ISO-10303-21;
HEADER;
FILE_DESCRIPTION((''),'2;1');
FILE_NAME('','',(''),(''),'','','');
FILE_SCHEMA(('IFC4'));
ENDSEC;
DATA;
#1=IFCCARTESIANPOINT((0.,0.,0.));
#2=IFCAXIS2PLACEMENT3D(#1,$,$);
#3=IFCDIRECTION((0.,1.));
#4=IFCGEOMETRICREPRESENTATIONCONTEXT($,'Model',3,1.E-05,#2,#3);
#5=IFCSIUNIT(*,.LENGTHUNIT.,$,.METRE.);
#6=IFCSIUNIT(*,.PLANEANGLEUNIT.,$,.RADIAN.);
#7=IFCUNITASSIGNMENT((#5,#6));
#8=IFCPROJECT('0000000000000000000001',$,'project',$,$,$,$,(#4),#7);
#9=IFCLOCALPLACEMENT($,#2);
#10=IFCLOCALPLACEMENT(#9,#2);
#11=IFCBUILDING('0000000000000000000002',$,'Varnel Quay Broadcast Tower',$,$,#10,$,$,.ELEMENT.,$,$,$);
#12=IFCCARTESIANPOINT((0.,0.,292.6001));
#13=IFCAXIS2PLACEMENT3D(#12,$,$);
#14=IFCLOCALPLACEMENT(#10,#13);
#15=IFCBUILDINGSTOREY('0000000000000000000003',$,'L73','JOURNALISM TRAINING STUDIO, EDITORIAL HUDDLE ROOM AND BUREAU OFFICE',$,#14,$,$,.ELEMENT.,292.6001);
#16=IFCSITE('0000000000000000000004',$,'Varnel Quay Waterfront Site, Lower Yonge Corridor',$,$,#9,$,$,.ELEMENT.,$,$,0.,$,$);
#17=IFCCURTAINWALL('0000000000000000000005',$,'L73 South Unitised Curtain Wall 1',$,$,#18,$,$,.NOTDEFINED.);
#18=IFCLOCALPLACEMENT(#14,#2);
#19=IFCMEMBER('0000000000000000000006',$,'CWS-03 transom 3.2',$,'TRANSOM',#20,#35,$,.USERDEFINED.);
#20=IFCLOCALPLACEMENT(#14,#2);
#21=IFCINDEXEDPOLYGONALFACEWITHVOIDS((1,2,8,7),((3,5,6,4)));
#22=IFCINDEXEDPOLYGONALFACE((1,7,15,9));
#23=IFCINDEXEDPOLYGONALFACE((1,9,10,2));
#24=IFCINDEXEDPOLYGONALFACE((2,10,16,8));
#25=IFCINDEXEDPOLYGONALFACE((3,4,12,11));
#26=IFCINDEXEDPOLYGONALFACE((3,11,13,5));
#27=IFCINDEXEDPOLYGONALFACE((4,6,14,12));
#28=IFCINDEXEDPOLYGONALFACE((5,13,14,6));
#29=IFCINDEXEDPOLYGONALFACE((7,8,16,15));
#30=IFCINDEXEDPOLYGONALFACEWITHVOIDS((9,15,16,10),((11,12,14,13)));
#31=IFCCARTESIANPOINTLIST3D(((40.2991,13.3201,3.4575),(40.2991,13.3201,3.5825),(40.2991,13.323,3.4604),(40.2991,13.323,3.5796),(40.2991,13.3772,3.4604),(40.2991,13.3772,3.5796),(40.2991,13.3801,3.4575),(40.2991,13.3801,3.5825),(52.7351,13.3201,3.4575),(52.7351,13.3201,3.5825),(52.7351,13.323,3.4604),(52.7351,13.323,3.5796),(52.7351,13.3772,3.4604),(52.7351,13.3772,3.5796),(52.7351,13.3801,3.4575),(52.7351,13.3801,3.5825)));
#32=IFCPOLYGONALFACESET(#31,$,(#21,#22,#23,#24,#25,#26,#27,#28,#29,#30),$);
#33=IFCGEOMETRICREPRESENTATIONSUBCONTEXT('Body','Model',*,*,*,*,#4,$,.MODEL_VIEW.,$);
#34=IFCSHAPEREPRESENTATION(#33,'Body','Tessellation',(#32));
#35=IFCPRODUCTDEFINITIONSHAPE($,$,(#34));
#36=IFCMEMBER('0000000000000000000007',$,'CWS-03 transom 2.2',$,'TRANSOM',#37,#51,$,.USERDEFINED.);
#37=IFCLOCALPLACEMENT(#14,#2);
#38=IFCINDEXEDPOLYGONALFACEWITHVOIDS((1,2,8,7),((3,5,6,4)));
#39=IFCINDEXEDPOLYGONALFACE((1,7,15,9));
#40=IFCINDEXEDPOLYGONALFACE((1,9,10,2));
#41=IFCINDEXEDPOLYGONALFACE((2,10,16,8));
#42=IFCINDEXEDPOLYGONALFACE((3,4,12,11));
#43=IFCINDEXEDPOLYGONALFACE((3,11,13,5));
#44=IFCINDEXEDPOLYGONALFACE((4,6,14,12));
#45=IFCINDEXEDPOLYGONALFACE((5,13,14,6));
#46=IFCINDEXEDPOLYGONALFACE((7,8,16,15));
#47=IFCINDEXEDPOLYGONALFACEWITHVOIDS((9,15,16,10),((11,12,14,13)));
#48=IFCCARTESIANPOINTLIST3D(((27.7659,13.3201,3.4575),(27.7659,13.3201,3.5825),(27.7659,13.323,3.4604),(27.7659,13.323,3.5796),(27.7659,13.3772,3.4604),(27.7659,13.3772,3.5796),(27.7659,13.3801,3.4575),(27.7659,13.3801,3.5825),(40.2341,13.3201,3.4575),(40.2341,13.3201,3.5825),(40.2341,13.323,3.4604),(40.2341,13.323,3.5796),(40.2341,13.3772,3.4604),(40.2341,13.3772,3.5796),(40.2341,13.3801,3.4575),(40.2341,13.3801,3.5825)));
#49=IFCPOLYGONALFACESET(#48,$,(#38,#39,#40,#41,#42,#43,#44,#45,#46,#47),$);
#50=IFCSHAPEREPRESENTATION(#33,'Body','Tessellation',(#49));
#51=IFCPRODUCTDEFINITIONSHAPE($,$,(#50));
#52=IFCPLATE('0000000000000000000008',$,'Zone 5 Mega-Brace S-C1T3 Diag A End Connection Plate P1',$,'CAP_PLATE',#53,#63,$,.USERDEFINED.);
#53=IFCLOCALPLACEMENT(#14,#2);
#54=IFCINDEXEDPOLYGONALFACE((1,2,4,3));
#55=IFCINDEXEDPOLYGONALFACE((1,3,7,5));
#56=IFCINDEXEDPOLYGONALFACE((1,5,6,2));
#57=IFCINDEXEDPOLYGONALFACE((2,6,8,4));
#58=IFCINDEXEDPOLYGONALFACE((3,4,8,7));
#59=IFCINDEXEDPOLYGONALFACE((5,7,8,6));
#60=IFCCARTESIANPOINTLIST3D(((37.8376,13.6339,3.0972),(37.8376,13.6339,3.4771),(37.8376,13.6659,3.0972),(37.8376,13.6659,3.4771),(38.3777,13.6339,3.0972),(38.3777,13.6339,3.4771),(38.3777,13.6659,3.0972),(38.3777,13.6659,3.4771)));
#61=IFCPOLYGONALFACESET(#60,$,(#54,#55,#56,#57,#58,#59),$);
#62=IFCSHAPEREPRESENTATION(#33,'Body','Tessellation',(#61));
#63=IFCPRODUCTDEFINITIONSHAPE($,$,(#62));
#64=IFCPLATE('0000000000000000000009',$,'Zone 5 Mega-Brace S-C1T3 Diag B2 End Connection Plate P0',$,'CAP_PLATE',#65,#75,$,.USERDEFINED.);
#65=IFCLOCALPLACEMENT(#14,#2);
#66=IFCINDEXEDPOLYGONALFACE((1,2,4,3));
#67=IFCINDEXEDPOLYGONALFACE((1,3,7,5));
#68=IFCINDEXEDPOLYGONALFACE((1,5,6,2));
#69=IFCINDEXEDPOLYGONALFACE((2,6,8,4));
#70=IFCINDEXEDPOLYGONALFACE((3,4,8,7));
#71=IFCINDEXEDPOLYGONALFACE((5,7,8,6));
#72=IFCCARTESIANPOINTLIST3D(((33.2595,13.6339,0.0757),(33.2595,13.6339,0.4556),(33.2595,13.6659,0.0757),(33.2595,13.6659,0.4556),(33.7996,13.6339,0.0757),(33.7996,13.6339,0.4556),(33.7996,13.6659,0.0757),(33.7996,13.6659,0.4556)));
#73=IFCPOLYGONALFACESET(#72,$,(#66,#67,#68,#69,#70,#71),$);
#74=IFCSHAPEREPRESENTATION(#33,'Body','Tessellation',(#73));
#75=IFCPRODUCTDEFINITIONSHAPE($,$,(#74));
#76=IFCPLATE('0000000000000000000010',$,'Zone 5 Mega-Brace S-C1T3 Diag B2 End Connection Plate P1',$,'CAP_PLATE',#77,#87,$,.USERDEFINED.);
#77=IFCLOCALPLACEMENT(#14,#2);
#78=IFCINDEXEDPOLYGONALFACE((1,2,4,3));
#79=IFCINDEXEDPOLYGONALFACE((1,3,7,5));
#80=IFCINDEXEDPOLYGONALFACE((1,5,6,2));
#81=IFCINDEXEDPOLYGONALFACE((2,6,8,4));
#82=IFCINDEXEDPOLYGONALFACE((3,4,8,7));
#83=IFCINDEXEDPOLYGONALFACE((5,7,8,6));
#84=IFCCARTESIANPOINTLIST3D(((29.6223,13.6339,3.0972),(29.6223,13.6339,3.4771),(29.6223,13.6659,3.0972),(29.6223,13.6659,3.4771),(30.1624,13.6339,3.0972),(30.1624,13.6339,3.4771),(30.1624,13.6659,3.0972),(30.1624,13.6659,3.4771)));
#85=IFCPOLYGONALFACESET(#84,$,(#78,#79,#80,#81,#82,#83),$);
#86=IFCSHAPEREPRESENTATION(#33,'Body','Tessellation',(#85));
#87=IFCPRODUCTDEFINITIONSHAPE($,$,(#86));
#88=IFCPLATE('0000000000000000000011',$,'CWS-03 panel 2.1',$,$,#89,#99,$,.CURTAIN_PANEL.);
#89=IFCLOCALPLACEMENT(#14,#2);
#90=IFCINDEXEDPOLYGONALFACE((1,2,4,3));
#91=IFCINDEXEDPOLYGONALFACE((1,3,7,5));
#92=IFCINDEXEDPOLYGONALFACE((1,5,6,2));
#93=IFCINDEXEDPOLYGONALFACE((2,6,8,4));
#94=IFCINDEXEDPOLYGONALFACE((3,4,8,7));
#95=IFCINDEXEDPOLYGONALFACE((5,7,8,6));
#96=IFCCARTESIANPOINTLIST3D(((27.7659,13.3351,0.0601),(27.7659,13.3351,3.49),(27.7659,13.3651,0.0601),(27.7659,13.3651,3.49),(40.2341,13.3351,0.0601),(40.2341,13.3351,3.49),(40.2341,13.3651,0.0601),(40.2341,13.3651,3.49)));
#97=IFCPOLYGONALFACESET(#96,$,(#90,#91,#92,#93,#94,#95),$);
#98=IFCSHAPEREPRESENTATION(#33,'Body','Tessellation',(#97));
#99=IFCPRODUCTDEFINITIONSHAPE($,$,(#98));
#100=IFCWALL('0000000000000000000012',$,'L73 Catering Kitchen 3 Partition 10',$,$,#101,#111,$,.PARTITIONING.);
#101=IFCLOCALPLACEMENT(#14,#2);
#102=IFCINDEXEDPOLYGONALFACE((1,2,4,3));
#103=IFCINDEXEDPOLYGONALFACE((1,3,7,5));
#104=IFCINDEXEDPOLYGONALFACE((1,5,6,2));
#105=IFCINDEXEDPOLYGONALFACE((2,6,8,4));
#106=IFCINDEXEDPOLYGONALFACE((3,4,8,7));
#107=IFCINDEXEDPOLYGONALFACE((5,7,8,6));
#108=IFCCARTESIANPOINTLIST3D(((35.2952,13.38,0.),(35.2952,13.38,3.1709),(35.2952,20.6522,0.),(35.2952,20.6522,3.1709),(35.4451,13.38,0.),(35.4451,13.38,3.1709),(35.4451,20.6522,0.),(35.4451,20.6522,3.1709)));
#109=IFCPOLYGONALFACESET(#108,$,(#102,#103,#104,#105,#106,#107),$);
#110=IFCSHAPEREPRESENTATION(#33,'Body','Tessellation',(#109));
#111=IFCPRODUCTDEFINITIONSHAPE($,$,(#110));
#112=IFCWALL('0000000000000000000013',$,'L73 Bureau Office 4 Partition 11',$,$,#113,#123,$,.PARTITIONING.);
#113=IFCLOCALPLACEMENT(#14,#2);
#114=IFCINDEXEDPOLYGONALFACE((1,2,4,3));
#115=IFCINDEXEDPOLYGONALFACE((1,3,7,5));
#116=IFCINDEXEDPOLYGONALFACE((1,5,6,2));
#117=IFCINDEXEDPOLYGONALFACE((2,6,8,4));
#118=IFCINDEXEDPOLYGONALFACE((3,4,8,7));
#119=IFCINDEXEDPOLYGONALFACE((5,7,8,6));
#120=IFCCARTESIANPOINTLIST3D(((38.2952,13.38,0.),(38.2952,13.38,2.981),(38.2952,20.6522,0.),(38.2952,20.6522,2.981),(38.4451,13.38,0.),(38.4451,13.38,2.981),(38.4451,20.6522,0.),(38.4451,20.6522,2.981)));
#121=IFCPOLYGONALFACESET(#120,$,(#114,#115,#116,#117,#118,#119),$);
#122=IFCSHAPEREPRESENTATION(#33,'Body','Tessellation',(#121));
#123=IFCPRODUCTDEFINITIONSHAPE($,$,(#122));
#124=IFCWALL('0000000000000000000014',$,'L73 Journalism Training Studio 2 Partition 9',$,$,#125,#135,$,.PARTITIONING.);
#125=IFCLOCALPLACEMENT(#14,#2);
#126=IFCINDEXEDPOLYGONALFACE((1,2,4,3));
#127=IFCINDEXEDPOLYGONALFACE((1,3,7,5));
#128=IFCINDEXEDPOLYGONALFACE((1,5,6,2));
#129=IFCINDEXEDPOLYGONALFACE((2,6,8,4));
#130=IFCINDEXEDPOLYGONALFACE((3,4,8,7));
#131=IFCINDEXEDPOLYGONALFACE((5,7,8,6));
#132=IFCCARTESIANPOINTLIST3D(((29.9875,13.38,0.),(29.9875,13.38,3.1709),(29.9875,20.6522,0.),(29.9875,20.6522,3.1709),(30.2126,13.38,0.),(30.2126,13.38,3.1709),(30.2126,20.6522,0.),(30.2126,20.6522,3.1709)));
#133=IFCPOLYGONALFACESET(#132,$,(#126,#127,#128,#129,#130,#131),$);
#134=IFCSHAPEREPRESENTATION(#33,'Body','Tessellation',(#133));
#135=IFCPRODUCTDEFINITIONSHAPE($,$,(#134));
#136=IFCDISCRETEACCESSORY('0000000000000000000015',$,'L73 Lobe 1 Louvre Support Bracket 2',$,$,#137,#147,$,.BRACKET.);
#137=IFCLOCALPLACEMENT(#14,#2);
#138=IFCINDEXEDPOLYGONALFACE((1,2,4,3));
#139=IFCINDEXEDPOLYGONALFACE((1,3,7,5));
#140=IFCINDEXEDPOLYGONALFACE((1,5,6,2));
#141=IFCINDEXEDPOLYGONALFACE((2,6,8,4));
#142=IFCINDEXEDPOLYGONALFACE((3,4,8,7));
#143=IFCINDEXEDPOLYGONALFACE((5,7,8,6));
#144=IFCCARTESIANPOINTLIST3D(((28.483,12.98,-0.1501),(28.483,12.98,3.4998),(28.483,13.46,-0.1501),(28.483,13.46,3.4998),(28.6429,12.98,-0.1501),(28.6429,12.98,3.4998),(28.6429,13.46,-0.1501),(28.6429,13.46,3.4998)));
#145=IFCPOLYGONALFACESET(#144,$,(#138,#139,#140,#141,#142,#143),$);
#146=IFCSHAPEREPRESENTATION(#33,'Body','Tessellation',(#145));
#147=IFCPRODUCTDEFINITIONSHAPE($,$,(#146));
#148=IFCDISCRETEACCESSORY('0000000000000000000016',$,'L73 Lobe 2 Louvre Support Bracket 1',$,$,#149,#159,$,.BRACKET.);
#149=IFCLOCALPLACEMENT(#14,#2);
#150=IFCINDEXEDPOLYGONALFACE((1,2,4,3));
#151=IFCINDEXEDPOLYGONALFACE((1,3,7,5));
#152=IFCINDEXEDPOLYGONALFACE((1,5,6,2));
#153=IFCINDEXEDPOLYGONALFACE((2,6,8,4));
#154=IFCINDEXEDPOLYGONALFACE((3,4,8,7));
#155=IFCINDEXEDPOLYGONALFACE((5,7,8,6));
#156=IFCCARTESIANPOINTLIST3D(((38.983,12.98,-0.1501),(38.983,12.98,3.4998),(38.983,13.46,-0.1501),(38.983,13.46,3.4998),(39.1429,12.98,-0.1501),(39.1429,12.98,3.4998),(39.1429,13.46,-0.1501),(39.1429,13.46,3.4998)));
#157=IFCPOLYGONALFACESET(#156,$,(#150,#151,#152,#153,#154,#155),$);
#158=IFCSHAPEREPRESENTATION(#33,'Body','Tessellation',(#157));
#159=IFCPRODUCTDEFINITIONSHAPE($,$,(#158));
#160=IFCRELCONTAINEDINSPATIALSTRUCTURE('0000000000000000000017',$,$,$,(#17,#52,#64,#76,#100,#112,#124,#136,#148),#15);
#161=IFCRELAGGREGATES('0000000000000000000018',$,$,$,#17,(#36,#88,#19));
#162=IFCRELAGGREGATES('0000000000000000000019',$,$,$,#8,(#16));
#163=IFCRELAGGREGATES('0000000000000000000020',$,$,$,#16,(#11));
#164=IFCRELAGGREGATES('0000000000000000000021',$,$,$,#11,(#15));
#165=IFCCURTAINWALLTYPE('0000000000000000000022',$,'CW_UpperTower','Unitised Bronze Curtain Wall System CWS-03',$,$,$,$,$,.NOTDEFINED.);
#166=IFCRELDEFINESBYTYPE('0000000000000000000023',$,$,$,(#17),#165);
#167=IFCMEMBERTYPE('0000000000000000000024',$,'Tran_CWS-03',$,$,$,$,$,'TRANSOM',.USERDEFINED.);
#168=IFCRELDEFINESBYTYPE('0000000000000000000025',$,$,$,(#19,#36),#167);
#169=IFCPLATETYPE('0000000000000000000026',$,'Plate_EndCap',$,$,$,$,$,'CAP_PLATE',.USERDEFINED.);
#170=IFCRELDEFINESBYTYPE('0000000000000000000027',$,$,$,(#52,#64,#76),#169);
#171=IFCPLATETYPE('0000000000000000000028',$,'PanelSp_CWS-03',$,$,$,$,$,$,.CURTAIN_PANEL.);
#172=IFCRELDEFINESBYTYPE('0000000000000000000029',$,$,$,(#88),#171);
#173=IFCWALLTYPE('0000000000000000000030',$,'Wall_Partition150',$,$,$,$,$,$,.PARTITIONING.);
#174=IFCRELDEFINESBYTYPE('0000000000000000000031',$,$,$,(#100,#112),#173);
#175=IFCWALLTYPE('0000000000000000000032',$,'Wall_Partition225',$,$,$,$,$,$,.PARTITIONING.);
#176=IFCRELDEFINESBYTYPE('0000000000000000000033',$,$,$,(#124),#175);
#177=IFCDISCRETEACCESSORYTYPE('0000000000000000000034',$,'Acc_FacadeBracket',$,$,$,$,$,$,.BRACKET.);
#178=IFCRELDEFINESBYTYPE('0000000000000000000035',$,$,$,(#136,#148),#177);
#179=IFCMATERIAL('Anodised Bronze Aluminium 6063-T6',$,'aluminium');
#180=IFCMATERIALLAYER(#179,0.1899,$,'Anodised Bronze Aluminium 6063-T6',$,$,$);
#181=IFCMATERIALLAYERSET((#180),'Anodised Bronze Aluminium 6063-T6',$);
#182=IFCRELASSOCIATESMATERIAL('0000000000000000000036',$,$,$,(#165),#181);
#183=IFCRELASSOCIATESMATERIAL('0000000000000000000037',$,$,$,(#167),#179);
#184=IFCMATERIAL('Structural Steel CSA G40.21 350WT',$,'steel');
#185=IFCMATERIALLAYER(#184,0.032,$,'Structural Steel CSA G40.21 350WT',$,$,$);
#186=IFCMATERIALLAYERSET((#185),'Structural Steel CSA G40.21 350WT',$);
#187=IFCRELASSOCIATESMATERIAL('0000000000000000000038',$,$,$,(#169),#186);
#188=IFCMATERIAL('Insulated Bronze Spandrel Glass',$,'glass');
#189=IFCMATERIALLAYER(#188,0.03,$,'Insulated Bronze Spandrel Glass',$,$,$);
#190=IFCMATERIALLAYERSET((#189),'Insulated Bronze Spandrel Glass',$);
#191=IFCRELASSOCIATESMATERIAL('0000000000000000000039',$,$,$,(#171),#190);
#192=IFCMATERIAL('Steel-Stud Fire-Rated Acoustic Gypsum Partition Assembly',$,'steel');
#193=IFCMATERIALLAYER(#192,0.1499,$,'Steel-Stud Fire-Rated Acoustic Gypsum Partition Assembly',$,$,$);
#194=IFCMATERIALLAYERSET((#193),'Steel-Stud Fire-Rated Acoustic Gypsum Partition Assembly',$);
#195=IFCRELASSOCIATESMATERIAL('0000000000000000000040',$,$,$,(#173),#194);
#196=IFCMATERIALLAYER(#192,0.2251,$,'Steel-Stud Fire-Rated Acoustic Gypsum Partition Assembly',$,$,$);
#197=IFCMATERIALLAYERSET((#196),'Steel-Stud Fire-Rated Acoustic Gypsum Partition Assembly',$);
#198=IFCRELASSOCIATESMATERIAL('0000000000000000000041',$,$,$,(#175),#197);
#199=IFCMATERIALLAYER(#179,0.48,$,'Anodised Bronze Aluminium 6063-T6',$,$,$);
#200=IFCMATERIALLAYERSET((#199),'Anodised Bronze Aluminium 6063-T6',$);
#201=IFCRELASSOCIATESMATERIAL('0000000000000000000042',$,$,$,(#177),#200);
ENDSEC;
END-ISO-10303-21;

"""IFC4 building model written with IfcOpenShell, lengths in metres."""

from ifc_helpers import new_model, si_unit, direction, frame, frame_2d, origin, origin_2d, place, context, subcontext, project, spatial, rectangle, hollow_rectangle, extrude, source, transform, mapped, material, layer, layer_set, material_profile, profile_set, type_object, type_shapes, element, aggregate, save


model = new_model("IFC4")

# Units and contexts
model_context = context("Model", 3, precision=1e-05, world=origin(), true_north=direction((0.0, 1.0)))
body_context = subcontext(model_context, "Body", "Model", "MODEL_VIEW")
ifc_project = project(units=[si_unit("LENGTHUNIT", "METRE"), si_unit("PLANEANGLEUNIT", "RADIAN")], contexts=[model_context])

# Site, building, storey
site_placement = place(None, origin())
site = spatial("IfcSite", under=ifc_project, at=site_placement, Name="Varnel Quay Waterfront Site, Lower Yonge Corridor", CompositionType="ELEMENT", RefElevation=0.0)
building_placement = place(site_placement, origin())
building = spatial("IfcBuilding", under=site, at=building_placement, Name="Varnel Quay Broadcast Tower", CompositionType="ELEMENT")
storey_placement = place(building_placement, frame((0.0, 0.0, 292.6001)))
storey = spatial("IfcBuildingStorey", under=building, at=storey_placement, Name="L73", Description="JOURNALISM TRAINING STUDIO, EDITORIAL HUDDLE ROOM AND BUREAU OFFICE", CompositionType="ELEMENT", Elevation=292.6001)

# Curtain wall, members
ifc_material_1 = material(Name="Anodised Bronze Aluminium 6063-T6", Category="aluminium")
ifc_layer_1 = layer(ifc_material_1, 0.1899, Name="Anodised Bronze Aluminium 6063-T6")
ifc_layer_set_1 = layer_set([ifc_layer_1], Name="Anodised Bronze Aluminium 6063-T6")
curtain_wall_type = type_object("IfcCurtainWallType", Name="CW_UpperTower", Description="Unitised Bronze Curtain Wall System CWS-03", PredefinedType="NOTDEFINED", material=ifc_layer_set_1)
curtain_wall_placement = place(storey_placement, origin())
curtain_wall = element("IfcCurtainWall", 1, at=curtain_wall_placement, inside=storey, type_object=curtain_wall_type, Name="L73 South Unitised Curtain Wall 1", PredefinedType="NOTDEFINED")
ifc_material_profile_1 = material_profile(ifc_material_1, hollow_rectangle(XDim=0.0601, YDim=0.125, WallThickness=0.0029, at=origin_2d()), Name="ALU60X125X3")
ifc_profile_set_1 = profile_set([ifc_material_profile_1], Name="Anodised Bronze Aluminium 6063-T6")
member_type_1 = type_object("IfcMemberType", Name="Tran_CWS-03", ElementType="TRANSOM", PredefinedType="USERDEFINED", material=ifc_profile_set_1)
shared_shape_1 = source(origin(), body_context, "Body", "SweptSolid", [
    extrude(hollow_rectangle(XDim=0.0601, YDim=0.125, WallThickness=0.0029, at=origin_2d()), origin(), (0.0, 0.0, 1.0), 12.436),
])
member_1_placement = place(storey_placement, frame((40.2991, 13.3501, 3.52), z_axis=(1.0, 0.0, 0.0), x_axis=(0.0, 1.0, 0.0)))
member_1 = element("IfcMember", 2, at=member_1_placement, type_object=member_type_1, Name="CWS-03 transom 3.2", ObjectType="TRANSOM", PredefinedType="USERDEFINED", context=body_context, shape_type="MappedRepresentation", body=[
    mapped(shared_shape_1, transform((0.0, 0.0, 0.0), x_axis=(1.0, 0.0, 0.0), y_axis=(0.0, 1.0, 0.0), z_axis=(0.0, 0.0, 1.0), scale=1.0)),
])
shared_shape_2 = source(origin(), body_context, "Body", "SweptSolid", [
    extrude(hollow_rectangle(XDim=0.0601, YDim=0.125, WallThickness=0.0029, at=origin_2d()), origin(), (0.0, 0.0, 1.0), 12.4683),
])
type_shapes(member_type_1, [shared_shape_1, shared_shape_2])
member_2_placement = place(storey_placement, frame((27.7659, 13.3501, 3.52), z_axis=(1.0, 0.0, 0.0), x_axis=(0.0, 1.0, 0.0)))
member_2 = element("IfcMember", 3, at=member_2_placement, type_object=member_type_1, Name="CWS-03 transom 2.2", ObjectType="TRANSOM", PredefinedType="USERDEFINED", context=body_context, shape_type="MappedRepresentation", body=[
    mapped(shared_shape_2, transform((0.0, 0.0, 0.0), x_axis=(1.0, 0.0, 0.0), y_axis=(0.0, 1.0, 0.0), z_axis=(0.0, 0.0, 1.0), scale=1.0)),
])

# Plates
ifc_material_2 = material(Name="Structural Steel CSA G40.21 350WT", Category="steel")
ifc_layer_2 = layer(ifc_material_2, 0.032, Name="Structural Steel CSA G40.21 350WT")
ifc_layer_set_2 = layer_set([ifc_layer_2], Name="Structural Steel CSA G40.21 350WT")
plate_type_1 = type_object("IfcPlateType", Name="Plate_EndCap", ElementType="CAP_PLATE", PredefinedType="USERDEFINED", material=ifc_layer_set_2)
shared_shape_3 = source(origin(), body_context, "Body", "SweptSolid", [
    extrude(rectangle(XDim=0.54, YDim=0.032, at=origin_2d()), origin(), (0.0, 0.0, 1.0), 0.3799),
])
type_shapes(plate_type_1, [shared_shape_3])
for number, where, z_axis, x_axis, name in (
    (4, (38.1077, 13.6499, 3.0972), (0.0, 0.0, 1.0), (1.0, 0.0, 0.0), "Zone 5 Mega-Brace S-C1T3 Diag A End Connection Plate P1"),
    (5, (33.5295, 13.6499, 0.0757), (0.0, 0.0, 1.0), (1.0, 0.0, 0.0), "Zone 5 Mega-Brace S-C1T3 Diag B2 End Connection Plate P0"),
    (6, (29.8923, 13.6499, 3.0972), (0.0, 0.0, 1.0), (1.0, 0.0, 0.0), "Zone 5 Mega-Brace S-C1T3 Diag B2 End Connection Plate P1"),
):
    element("IfcPlate", number, at=place(storey_placement, frame(where, z_axis=z_axis, x_axis=x_axis)), inside=storey, type_object=plate_type_1, Name=name, ObjectType="CAP_PLATE", PredefinedType="USERDEFINED", context=body_context, shape_type="MappedRepresentation", body=[
        mapped(shared_shape_3, transform((0.0, 0.0, 0.0), x_axis=(1.0, 0.0, 0.0), y_axis=(0.0, 1.0, 0.0), z_axis=(0.0, 0.0, 1.0), scale=1.0)),
    ])

# Plate
ifc_material_3 = material(Name="Insulated Bronze Spandrel Glass", Category="glass")
ifc_layer_3 = layer(ifc_material_3, 0.03, Name="Insulated Bronze Spandrel Glass")
ifc_layer_set_3 = layer_set([ifc_layer_3], Name="Insulated Bronze Spandrel Glass")
plate_type_2 = type_object("IfcPlateType", Name="PanelSp_CWS-03", PredefinedType="CURTAIN_PANEL", material=ifc_layer_set_3)
shared_shape_4 = source(origin(), body_context, "Body", "SweptSolid", [
    extrude(rectangle(XDim=12.4683, YDim=0.03, at=origin_2d()), origin(), (0.0, 0.0, 1.0), 3.4299),
])
type_shapes(plate_type_2, [shared_shape_4])
plate_placement = place(storey_placement, frame((34.0, 13.3501, 0.0601), z_axis=(0.0, 0.0, 1.0), x_axis=(1.0, 0.0, 0.0)))
plate = element("IfcPlate", 7, at=plate_placement, type_object=plate_type_2, Name="CWS-03 panel 2.1", PredefinedType="CURTAIN_PANEL", context=body_context, shape_type="MappedRepresentation", body=[
    mapped(shared_shape_4, transform((0.0, 0.0, 0.0), x_axis=(1.0, 0.0, 0.0), y_axis=(0.0, 1.0, 0.0), z_axis=(0.0, 0.0, 1.0), scale=1.0)),
])
aggregate(curtain_wall, [member_2, plate, member_1])

# Walls
ifc_material_4 = material(Name="Steel-Stud Fire-Rated Acoustic Gypsum Partition Assembly", Category="steel")
ifc_layer_4 = layer(ifc_material_4, 0.1499, Name="Steel-Stud Fire-Rated Acoustic Gypsum Partition Assembly")
ifc_layer_set_4 = layer_set([ifc_layer_4], Name="Steel-Stud Fire-Rated Acoustic Gypsum Partition Assembly")
wall_type_1 = type_object("IfcWallType", Name="Wall_Partition150", PredefinedType="PARTITIONING", material=ifc_layer_set_4)
wall_1_placement = place(storey_placement, frame((35.3701, 13.3799, 0.0), z_axis=(0.0, 0.0, 1.0), x_axis=(0.0, 1.0, 0.0)))
element("IfcWall", 8, at=wall_1_placement, inside=storey, type_object=wall_type_1, Name="L73 Catering Kitchen 3 Partition 10", PredefinedType="PARTITIONING", context=body_context, shape_type="SweptSolid", body=[
    extrude(rectangle(XDim=7.2722, YDim=0.1499, at=frame_2d((3.6362, 0.0))), origin(), (0.0, 0.0, 1.0), 3.1709),
])
wall_2_placement = place(storey_placement, frame((38.3701, 13.3799, 0.0), z_axis=(0.0, 0.0, 1.0), x_axis=(0.0, 1.0, 0.0)))
element("IfcWall", 9, at=wall_2_placement, inside=storey, type_object=wall_type_1, Name="L73 Bureau Office 4 Partition 11", PredefinedType="PARTITIONING", context=body_context, shape_type="SweptSolid", body=[
    extrude(rectangle(XDim=7.2722, YDim=0.1499, at=frame_2d((3.6362, 0.0))), origin(), (0.0, 0.0, 1.0), 2.981),
])
ifc_layer_5 = layer(ifc_material_4, 0.2251, Name="Steel-Stud Fire-Rated Acoustic Gypsum Partition Assembly")
ifc_layer_set_5 = layer_set([ifc_layer_5], Name="Steel-Stud Fire-Rated Acoustic Gypsum Partition Assembly")
wall_type_2 = type_object("IfcWallType", Name="Wall_Partition225", PredefinedType="PARTITIONING", material=ifc_layer_set_5)
wall_3_placement = place(storey_placement, frame((30.1001, 13.3799, 0.0), z_axis=(0.0, 0.0, 1.0), x_axis=(0.0, 1.0, 0.0)))
element("IfcWall", 10, at=wall_3_placement, inside=storey, type_object=wall_type_2, Name="L73 Journalism Training Studio 2 Partition 9", PredefinedType="PARTITIONING", context=body_context, shape_type="SweptSolid", body=[
    extrude(rectangle(XDim=7.2722, YDim=0.2251, at=frame_2d((3.6362, 0.0))), origin(), (0.0, 0.0, 1.0), 3.1709),
])

# Discrete accessories
ifc_layer_6 = layer(ifc_material_1, 0.48, Name="Anodised Bronze Aluminium 6063-T6")
ifc_layer_set_6 = layer_set([ifc_layer_6], Name="Anodised Bronze Aluminium 6063-T6")
discrete_accessory_type = type_object("IfcDiscreteAccessoryType", Name="Acc_FacadeBracket", PredefinedType="BRACKET", material=ifc_layer_set_6)
shared_shape_5 = source(origin(), body_context, "Body", "SweptSolid", [
    extrude(rectangle(XDim=0.1599, YDim=0.48, at=origin_2d()), origin(), (0.0, 0.0, 1.0), 3.6499),
])
type_shapes(discrete_accessory_type, [shared_shape_5])
for number, where, z_axis, x_axis, name in (
    (11, (28.563, 13.22, -0.1501), (0.0, 0.0, 1.0), (1.0, 0.0, 0.0), "L73 Lobe 1 Louvre Support Bracket 2"),
    (12, (39.063, 13.22, -0.1501), (0.0, 0.0, 1.0), (1.0, 0.0, 0.0), "L73 Lobe 2 Louvre Support Bracket 1"),
):
    element("IfcDiscreteAccessory", number, at=place(storey_placement, frame(where, z_axis=z_axis, x_axis=x_axis)), inside=storey, type_object=discrete_accessory_type, Name=name, PredefinedType="BRACKET", context=body_context, shape_type="MappedRepresentation", body=[
        mapped(shared_shape_5, transform((0.0, 0.0, 0.0), x_axis=(1.0, 0.0, 0.0), y_axis=(0.0, 1.0, 0.0), z_axis=(0.0, 0.0, 1.0), scale=1.0)),
    ])

save(model, "model.ifc")
